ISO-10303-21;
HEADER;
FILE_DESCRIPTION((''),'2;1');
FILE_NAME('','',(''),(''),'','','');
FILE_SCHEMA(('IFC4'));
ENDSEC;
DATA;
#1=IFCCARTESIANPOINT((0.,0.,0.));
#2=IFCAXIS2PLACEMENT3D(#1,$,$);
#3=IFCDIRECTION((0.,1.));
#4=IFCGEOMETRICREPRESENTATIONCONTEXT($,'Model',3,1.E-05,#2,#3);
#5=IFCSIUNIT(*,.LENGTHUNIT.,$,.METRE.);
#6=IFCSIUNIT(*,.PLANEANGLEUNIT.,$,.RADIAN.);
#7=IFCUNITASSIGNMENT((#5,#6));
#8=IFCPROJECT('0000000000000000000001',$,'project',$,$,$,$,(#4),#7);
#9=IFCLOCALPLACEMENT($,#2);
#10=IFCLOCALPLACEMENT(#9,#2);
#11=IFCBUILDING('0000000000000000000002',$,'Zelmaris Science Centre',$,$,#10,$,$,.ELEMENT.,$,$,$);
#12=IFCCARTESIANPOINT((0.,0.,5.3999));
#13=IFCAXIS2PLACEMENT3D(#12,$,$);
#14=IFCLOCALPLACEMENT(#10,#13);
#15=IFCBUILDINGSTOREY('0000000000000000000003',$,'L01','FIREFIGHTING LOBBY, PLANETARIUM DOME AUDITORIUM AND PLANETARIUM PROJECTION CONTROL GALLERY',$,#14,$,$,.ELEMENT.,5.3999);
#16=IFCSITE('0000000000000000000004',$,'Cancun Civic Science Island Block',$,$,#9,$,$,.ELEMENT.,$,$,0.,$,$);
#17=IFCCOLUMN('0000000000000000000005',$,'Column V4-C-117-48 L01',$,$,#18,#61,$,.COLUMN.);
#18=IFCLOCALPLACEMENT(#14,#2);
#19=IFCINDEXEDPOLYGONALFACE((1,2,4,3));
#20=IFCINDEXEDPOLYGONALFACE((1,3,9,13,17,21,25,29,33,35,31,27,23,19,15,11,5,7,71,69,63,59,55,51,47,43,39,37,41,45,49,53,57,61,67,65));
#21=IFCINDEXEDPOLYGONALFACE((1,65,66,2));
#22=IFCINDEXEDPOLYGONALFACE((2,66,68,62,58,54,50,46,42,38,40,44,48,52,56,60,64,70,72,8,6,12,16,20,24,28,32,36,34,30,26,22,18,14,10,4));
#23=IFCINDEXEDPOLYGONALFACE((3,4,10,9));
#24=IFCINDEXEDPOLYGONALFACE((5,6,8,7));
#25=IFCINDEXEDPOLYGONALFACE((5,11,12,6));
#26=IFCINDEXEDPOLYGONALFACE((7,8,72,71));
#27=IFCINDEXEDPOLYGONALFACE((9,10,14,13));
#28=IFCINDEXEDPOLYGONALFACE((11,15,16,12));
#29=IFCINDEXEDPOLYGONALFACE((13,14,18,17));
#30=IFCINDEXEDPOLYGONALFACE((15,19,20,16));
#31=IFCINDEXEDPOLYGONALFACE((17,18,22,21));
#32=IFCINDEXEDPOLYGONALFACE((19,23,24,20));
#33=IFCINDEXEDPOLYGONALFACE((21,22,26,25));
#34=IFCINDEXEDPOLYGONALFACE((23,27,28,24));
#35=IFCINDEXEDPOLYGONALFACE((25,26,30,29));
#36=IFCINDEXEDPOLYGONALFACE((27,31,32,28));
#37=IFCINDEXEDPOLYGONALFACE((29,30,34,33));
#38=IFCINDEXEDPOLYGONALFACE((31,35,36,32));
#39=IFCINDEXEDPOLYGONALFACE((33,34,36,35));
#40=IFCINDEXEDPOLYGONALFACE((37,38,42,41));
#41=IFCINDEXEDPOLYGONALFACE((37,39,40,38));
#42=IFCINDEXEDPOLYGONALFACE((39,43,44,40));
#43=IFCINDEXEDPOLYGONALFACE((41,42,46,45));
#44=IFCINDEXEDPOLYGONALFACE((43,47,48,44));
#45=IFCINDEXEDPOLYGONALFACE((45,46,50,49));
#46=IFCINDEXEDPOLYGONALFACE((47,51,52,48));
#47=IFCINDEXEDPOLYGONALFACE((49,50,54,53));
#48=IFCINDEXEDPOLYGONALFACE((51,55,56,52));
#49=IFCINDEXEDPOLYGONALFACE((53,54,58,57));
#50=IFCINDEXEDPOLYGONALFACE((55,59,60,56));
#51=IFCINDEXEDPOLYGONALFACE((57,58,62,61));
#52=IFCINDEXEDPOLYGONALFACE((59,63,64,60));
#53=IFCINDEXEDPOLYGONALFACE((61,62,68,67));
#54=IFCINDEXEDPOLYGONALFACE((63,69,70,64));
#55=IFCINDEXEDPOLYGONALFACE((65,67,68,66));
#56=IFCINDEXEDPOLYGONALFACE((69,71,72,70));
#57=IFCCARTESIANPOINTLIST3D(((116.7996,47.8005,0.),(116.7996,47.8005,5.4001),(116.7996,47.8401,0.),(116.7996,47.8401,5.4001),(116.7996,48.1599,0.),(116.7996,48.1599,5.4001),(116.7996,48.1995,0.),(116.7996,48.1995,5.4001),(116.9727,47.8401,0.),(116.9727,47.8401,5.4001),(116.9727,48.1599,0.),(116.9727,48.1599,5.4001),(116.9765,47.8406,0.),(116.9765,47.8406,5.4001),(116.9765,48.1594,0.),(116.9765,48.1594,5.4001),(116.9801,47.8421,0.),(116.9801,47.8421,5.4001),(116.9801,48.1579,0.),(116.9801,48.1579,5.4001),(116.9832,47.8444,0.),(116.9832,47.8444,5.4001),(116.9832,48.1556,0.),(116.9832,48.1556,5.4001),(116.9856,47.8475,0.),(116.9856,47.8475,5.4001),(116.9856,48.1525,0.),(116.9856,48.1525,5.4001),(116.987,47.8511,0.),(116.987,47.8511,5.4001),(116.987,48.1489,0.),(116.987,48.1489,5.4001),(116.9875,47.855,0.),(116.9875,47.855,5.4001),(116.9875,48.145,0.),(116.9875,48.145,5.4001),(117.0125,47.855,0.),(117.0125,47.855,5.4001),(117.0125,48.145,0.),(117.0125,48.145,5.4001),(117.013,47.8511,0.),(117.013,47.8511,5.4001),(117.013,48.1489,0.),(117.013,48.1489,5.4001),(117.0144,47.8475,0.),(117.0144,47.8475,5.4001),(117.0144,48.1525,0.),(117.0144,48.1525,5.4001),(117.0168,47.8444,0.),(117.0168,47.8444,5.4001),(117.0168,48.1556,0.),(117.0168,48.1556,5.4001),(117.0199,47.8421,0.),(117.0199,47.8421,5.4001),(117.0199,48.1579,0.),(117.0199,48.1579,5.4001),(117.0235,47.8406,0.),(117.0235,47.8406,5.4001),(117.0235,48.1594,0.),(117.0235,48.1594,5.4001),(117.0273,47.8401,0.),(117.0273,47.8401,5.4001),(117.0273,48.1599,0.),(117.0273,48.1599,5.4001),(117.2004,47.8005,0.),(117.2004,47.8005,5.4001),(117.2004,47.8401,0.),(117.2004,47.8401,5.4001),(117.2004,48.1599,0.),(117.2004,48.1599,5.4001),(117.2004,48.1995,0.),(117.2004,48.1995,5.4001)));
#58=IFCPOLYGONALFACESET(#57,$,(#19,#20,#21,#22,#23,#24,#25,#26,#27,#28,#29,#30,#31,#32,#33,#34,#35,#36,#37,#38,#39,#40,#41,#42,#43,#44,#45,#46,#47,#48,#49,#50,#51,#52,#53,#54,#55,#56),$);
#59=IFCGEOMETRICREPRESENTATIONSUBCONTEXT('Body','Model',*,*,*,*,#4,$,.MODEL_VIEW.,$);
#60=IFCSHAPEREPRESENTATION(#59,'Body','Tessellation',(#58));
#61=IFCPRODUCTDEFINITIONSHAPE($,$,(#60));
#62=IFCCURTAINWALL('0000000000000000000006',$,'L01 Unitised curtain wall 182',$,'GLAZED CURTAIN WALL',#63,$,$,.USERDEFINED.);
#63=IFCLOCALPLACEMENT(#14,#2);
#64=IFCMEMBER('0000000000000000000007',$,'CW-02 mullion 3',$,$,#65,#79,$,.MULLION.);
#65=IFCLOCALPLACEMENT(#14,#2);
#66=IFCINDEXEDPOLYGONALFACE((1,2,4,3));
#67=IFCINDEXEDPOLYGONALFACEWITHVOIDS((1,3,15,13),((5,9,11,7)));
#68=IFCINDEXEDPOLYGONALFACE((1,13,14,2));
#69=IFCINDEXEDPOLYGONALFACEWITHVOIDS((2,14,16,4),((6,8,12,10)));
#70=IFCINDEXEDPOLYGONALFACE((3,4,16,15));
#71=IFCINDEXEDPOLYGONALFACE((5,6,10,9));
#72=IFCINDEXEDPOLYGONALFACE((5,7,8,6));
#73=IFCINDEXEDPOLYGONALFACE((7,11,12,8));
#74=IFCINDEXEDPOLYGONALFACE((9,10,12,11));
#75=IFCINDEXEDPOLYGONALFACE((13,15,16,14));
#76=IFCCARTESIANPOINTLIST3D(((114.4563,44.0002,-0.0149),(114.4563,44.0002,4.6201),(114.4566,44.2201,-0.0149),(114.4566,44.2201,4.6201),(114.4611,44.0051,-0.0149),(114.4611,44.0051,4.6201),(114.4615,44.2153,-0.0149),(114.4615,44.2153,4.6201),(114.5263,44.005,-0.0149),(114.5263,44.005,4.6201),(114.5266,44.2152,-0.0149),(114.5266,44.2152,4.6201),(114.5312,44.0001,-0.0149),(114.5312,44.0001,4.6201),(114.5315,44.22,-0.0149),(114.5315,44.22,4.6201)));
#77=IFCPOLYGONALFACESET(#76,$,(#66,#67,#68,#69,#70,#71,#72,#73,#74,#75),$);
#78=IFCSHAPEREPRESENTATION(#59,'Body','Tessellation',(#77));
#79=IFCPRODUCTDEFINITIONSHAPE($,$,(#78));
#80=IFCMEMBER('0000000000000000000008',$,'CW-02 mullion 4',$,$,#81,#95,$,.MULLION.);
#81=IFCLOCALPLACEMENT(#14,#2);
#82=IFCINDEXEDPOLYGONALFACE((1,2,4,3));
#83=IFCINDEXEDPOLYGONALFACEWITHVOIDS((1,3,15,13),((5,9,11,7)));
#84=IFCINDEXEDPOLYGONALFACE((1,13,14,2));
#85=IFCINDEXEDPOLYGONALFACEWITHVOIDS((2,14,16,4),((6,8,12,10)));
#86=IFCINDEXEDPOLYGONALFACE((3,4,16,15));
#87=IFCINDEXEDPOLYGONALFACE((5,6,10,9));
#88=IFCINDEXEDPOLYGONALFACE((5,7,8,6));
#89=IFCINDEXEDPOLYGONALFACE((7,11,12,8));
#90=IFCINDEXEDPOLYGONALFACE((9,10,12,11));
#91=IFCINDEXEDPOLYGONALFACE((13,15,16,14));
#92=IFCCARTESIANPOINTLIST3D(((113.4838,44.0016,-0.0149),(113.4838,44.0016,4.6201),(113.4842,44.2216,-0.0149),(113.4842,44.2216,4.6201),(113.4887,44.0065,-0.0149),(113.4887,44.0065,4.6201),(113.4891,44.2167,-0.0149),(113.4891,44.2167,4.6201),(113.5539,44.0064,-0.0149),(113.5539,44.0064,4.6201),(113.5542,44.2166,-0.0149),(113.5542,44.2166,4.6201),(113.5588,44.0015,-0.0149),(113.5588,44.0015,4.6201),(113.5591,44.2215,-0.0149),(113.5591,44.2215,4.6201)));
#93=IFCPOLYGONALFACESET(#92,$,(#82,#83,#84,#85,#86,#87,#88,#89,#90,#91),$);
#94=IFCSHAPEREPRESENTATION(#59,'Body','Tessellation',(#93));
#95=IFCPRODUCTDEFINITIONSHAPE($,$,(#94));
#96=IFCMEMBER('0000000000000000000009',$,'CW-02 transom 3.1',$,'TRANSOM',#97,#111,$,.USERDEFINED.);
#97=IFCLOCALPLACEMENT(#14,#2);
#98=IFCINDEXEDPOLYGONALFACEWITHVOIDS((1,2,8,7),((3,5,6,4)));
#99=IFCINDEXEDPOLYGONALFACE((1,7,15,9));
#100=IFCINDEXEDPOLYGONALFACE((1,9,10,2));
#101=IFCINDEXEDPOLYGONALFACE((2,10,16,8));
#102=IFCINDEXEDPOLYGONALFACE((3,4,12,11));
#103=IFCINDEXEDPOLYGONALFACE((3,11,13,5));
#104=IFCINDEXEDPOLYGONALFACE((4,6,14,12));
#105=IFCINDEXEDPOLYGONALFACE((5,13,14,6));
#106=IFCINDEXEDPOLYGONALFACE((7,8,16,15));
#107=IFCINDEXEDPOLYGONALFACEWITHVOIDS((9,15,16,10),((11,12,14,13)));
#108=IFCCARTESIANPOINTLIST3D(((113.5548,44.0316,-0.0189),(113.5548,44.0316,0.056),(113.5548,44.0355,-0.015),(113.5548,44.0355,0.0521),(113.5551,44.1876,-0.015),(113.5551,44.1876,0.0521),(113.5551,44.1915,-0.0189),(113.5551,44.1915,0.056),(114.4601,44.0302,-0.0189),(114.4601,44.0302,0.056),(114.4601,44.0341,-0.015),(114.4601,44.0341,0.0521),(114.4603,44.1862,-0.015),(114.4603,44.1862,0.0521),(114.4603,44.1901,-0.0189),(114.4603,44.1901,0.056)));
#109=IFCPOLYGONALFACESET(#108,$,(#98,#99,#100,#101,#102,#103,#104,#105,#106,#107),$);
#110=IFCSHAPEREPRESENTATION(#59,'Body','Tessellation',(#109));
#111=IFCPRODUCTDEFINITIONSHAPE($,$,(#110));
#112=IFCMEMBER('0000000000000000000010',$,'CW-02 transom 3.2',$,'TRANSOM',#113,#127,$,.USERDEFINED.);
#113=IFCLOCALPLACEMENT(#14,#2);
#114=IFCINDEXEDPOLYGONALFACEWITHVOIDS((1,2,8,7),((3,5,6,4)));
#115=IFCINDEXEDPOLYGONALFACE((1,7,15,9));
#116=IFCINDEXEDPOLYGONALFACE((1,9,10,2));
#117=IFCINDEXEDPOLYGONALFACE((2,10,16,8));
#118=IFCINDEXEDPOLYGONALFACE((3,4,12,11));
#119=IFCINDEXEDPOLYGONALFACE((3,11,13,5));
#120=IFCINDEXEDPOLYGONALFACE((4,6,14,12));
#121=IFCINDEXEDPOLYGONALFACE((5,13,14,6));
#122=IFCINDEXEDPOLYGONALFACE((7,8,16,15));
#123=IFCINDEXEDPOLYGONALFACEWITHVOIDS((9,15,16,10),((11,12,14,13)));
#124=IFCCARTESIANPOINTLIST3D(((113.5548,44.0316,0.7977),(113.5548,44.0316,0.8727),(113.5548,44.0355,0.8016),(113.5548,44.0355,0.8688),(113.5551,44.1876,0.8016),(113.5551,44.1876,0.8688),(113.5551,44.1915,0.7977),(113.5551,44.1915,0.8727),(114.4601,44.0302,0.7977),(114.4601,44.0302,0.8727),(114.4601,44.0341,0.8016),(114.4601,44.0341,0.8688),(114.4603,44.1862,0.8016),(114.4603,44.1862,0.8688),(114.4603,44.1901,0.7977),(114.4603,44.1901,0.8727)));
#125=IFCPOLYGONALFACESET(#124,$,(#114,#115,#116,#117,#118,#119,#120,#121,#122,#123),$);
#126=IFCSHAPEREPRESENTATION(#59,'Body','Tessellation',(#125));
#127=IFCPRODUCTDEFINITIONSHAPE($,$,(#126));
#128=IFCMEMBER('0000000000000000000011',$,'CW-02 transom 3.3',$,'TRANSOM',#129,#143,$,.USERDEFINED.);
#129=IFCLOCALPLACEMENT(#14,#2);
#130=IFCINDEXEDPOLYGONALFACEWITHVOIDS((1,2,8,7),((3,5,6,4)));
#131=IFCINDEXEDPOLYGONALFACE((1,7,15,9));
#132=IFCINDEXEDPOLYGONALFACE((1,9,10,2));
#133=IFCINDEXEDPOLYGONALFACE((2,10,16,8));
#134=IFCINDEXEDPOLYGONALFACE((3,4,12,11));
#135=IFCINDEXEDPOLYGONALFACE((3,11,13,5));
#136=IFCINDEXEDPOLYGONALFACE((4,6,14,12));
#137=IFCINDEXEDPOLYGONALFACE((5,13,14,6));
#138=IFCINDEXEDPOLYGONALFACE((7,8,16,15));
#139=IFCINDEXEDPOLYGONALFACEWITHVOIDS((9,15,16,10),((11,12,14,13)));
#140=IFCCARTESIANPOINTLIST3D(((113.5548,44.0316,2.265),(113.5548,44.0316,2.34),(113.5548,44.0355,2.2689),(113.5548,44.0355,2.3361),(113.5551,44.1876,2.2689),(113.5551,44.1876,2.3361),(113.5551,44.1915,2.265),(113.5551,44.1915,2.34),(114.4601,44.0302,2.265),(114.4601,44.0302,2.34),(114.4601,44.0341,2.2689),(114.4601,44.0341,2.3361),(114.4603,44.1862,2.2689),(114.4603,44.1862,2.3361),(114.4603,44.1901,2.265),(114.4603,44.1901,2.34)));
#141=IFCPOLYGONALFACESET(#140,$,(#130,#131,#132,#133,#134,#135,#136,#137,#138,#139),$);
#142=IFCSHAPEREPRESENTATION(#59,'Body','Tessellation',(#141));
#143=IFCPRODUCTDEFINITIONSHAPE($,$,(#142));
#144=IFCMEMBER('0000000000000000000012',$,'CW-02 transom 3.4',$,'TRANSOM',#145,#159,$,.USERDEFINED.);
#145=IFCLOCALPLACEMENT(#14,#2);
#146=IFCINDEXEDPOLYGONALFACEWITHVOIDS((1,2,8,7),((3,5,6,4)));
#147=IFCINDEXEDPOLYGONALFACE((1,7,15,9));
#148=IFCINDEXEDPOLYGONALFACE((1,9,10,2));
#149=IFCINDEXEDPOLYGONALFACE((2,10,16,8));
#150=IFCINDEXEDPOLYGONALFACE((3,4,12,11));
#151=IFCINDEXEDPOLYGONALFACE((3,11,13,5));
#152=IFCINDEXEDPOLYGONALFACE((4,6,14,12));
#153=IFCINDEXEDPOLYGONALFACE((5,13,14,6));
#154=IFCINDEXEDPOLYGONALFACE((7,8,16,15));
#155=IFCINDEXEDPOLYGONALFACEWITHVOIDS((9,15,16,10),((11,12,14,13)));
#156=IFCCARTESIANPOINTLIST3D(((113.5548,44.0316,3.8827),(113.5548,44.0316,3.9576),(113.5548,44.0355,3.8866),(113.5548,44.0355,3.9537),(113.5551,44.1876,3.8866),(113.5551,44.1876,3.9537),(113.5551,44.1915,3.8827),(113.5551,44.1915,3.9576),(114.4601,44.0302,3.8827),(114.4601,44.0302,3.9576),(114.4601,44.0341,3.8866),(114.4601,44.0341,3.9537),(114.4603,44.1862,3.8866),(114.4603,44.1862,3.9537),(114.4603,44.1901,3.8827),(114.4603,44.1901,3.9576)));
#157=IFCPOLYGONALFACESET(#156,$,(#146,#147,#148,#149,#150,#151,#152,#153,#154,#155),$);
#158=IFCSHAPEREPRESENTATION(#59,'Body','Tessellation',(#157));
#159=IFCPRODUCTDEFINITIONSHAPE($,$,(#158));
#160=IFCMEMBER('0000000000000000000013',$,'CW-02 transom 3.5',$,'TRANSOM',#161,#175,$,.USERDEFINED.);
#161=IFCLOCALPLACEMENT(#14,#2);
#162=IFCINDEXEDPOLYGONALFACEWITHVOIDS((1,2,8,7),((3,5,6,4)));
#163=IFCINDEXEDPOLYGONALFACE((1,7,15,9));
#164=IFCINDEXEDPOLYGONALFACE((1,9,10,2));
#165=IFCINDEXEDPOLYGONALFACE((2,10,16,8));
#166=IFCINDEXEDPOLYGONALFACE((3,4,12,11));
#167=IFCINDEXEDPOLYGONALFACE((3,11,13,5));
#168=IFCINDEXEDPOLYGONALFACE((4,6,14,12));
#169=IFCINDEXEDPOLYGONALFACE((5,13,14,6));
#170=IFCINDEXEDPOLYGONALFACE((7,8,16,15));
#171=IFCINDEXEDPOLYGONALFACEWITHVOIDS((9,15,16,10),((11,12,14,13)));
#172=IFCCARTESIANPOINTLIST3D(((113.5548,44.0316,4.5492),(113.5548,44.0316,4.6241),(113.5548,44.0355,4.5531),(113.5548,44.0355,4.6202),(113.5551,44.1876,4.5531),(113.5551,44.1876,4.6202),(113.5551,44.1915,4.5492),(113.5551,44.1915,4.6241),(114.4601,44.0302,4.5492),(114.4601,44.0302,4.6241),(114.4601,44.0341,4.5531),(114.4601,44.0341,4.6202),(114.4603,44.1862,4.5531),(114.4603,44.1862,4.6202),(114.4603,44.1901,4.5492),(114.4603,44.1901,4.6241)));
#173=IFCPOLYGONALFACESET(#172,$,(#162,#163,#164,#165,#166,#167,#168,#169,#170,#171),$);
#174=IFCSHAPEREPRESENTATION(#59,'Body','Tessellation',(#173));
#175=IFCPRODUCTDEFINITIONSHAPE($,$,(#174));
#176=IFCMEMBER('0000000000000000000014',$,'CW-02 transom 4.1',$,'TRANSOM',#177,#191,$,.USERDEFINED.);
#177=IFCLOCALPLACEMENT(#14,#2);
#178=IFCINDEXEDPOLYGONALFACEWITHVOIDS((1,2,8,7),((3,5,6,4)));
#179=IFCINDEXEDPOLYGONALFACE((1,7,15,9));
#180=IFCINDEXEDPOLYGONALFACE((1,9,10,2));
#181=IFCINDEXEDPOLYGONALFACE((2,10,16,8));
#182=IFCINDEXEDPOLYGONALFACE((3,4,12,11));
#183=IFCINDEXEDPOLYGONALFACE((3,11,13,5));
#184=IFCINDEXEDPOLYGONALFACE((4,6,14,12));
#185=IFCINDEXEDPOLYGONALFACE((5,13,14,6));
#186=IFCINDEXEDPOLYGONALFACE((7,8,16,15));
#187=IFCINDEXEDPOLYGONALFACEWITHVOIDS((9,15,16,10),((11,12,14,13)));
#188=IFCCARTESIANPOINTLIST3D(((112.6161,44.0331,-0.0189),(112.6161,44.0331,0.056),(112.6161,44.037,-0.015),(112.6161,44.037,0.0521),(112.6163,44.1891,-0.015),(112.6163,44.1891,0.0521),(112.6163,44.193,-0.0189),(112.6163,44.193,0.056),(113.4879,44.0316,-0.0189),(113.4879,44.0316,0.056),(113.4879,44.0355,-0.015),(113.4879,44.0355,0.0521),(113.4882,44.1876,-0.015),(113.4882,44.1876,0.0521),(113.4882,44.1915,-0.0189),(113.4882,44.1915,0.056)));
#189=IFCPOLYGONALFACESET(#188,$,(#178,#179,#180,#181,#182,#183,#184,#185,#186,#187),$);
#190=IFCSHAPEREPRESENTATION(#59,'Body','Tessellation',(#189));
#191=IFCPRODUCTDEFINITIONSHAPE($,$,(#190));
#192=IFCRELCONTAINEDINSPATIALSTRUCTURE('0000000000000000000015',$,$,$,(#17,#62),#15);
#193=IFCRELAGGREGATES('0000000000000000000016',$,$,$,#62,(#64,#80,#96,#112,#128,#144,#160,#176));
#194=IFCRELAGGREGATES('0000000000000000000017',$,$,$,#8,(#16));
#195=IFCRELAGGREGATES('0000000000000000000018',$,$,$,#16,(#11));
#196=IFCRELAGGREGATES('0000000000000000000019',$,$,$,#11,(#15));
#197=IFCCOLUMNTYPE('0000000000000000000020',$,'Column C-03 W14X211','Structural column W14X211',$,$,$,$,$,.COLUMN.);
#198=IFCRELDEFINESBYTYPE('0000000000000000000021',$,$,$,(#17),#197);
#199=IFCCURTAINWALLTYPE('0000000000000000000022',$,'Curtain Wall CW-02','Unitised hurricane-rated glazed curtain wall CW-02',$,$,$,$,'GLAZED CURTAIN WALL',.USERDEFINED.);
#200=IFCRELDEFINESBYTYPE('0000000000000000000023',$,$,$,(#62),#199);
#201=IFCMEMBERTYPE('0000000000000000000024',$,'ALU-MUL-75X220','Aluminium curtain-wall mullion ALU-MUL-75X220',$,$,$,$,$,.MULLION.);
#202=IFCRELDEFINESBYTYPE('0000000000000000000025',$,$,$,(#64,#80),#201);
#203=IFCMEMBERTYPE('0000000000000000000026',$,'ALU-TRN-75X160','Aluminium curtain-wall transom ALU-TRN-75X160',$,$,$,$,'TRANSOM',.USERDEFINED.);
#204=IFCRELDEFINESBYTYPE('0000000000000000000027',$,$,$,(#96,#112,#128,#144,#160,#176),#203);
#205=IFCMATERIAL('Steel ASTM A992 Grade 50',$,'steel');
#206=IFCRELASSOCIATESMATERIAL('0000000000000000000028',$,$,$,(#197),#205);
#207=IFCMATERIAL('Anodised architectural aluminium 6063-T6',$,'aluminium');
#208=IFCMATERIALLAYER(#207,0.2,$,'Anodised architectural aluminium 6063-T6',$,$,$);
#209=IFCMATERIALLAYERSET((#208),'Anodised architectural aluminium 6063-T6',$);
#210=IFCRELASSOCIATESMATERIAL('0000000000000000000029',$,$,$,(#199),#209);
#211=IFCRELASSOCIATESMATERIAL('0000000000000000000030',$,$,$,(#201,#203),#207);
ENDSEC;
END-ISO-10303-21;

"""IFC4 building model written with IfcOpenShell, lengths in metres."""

from ifc_helpers import new_model, si_unit, direction, frame, origin, origin_2d, place, context, subcontext, project, spatial, hollow_rectangle, i_section, extrude, material, layer, layer_set, material_profile, profile_set, type_object, element, aggregate, save


model = new_model("IFC4")

# Units and contexts
model_context = context("Model", 3, precision=1e-05, world=origin(), true_north=direction((0.0, 1.0)))
body_context = subcontext(model_context, "Body", "Model", "MODEL_VIEW")
ifc_project = project(units=[si_unit("LENGTHUNIT", "METRE"), si_unit("PLANEANGLEUNIT", "RADIAN")], contexts=[model_context])

# Site, building, storey
site_placement = place(None, origin())
site = spatial("IfcSite", under=ifc_project, at=site_placement, Name="Cancun Civic Science Island Block", CompositionType="ELEMENT", RefElevation=0.0)
building_placement = place(site_placement, origin())
building = spatial("IfcBuilding", under=site, at=building_placement, Name="Zelmaris Science Centre", CompositionType="ELEMENT")
storey_placement = place(building_placement, frame((0.0, 0.0, 5.3999)))
storey = spatial("IfcBuildingStorey", under=building, at=storey_placement, Name="L01", Description="FIREFIGHTING LOBBY, PLANETARIUM DOME AUDITORIUM AND PLANETARIUM PROJECTION CONTROL GALLERY", CompositionType="ELEMENT", Elevation=5.3999)

# Column
ifc_material_1 = material(Name="Steel ASTM A992 Grade 50", Category="steel")
ifc_material_profile_1 = material_profile(ifc_material_1, i_section(OverallWidth=0.4009, OverallDepth=0.3989, WebThickness=0.0249, FlangeThickness=0.0396, FilletRadius=0.0149, at=origin_2d()), Name="W14X211")
ifc_profile_set_1 = profile_set([ifc_material_profile_1], Name="Steel ASTM A992 Grade 50")
column_type = type_object("IfcColumnType", Name="Column C-03 W14X211", Description="Structural column W14X211", PredefinedType="COLUMN", material=ifc_profile_set_1)
column_placement = place(storey_placement, frame((117.0, 48.0, 0.0), z_axis=(0.0, 0.0, 1.0), x_axis=(1.0, 0.0, 0.0)))
element("IfcColumn", 1, at=column_placement, inside=storey, type_object=column_type, Name="Column V4-C-117-48 L01", PredefinedType="COLUMN", context=body_context, shape_type="SweptSolid", body=[
    extrude(i_section(OverallWidth=0.4009, OverallDepth=0.3989, WebThickness=0.0249, FlangeThickness=0.0396, FilletRadius=0.0149, at=origin_2d()), origin(), (0.0, 0.0, 1.0), 5.4001),
])

# Curtain wall, members
ifc_material_2 = material(Name="Anodised architectural aluminium 6063-T6", Category="aluminium")
ifc_layer_1 = layer(ifc_material_2, 0.2, Name="Anodised architectural aluminium 6063-T6")
ifc_layer_set_1 = layer_set([ifc_layer_1], Name="Anodised architectural aluminium 6063-T6")
curtain_wall_type = type_object("IfcCurtainWallType", Name="Curtain Wall CW-02", Description="Unitised hurricane-rated glazed curtain wall CW-02", ElementType="GLAZED CURTAIN WALL", PredefinedType="USERDEFINED", material=ifc_layer_set_1)
curtain_wall_placement = place(storey_placement, origin())
curtain_wall = element("IfcCurtainWall", 2, at=curtain_wall_placement, inside=storey, type_object=curtain_wall_type, Name="L01 Unitised curtain wall 182", ObjectType="GLAZED CURTAIN WALL", PredefinedType="USERDEFINED")
ifc_material_profile_2 = material_profile(ifc_material_2, hollow_rectangle(XDim=0.075, YDim=0.22, WallThickness=0.0049, at=origin_2d()), Name="ALU-MUL-75X220")
ifc_profile_set_2 = profile_set([ifc_material_profile_2], Name="Anodised architectural aluminium 6063-T6")
member_type_1 = type_object("IfcMemberType", Name="ALU-MUL-75X220", Description="Aluminium curtain-wall mullion ALU-MUL-75X220", PredefinedType="MULLION", material=ifc_profile_set_2)
member_1_placement = place(storey_placement, frame((114.4939, 44.1101, -0.0149), z_axis=(0.0, 0.0, 1.0), x_axis=(-0.999999, 0.001525, 0.0)))
member_1 = element("IfcMember", 3, at=member_1_placement, type_object=member_type_1, Name="CW-02 mullion 3", PredefinedType="MULLION", context=body_context, shape_type="SweptSolid", body=[
    extrude(hollow_rectangle(XDim=0.075, YDim=0.22, WallThickness=0.0049, at=origin_2d()), origin(), (0.0, 0.0, 1.0), 4.635),
])
member_2_placement = place(storey_placement, frame((113.5215, 44.1116, -0.0149), z_axis=(0.0, 0.0, 1.0), x_axis=(-0.999999, 0.001525, 0.0)))
member_2 = element("IfcMember", 4, at=member_2_placement, type_object=member_type_1, Name="CW-02 mullion 4", PredefinedType="MULLION", context=body_context, shape_type="SweptSolid", body=[
    extrude(hollow_rectangle(XDim=0.075, YDim=0.22, WallThickness=0.0049, at=origin_2d()), origin(), (0.0, 0.0, 1.0), 4.635),
])
ifc_material_profile_3 = material_profile(ifc_material_2, hollow_rectangle(XDim=0.075, YDim=0.1599, WallThickness=0.0039, at=origin_2d()), Name="ALU-TRN-75X160")
ifc_profile_set_3 = profile_set([ifc_material_profile_3], Name="Anodised architectural aluminium 6063-T6")
member_type_2 = type_object("IfcMemberType", Name="ALU-TRN-75X160", Description="Aluminium curtain-wall transom ALU-TRN-75X160", ElementType="TRANSOM", PredefinedType="USERDEFINED", material=ifc_profile_set_3)
member_3_placement = place(storey_placement, frame((114.4602, 44.1101, 0.0186), z_axis=(-0.999999, 0.001618, 0.0), x_axis=(0.0, 0.0, 1.0)))
member_3 = element("IfcMember", 5, at=member_3_placement, type_object=member_type_2, Name="CW-02 transom 3.1", ObjectType="TRANSOM", PredefinedType="USERDEFINED", context=body_context, shape_type="SweptSolid", body=[
    extrude(hollow_rectangle(XDim=0.075, YDim=0.1599, WallThickness=0.0039, at=origin_2d()), origin(), (0.0, 0.0, 1.0), 0.9053),
])
member_4_placement = place(storey_placement, frame((114.4602, 44.1101, 0.8352), z_axis=(-0.999999, 0.001618, 0.0), x_axis=(0.0, 0.0, 1.0)))
member_4 = element("IfcMember", 6, at=member_4_placement, type_object=member_type_2, Name="CW-02 transom 3.2", ObjectType="TRANSOM", PredefinedType="USERDEFINED", context=body_context, shape_type="SweptSolid", body=[
    extrude(hollow_rectangle(XDim=0.075, YDim=0.1599, WallThickness=0.0039, at=origin_2d()), origin(), (0.0, 0.0, 1.0), 0.9053),
])
member_5_placement = place(storey_placement, frame((114.4602, 44.1101, 2.3025), z_axis=(-0.999999, 0.001618, 0.0), x_axis=(0.0, 0.0, 1.0)))
member_5 = element("IfcMember", 7, at=member_5_placement, type_object=member_type_2, Name="CW-02 transom 3.3", ObjectType="TRANSOM", PredefinedType="USERDEFINED", context=body_context, shape_type="SweptSolid", body=[
    extrude(hollow_rectangle(XDim=0.075, YDim=0.1599, WallThickness=0.0039, at=origin_2d()), origin(), (0.0, 0.0, 1.0), 0.9053),
])
member_6_placement = place(storey_placement, frame((114.4602, 44.1101, 3.9202), z_axis=(-0.999999, 0.001618, 0.0), x_axis=(0.0, 0.0, 1.0)))
member_6 = element("IfcMember", 8, at=member_6_placement, type_object=member_type_2, Name="CW-02 transom 3.4", ObjectType="TRANSOM", PredefinedType="USERDEFINED", context=body_context, shape_type="SweptSolid", body=[
    extrude(hollow_rectangle(XDim=0.075, YDim=0.1599, WallThickness=0.0039, at=origin_2d()), origin(), (0.0, 0.0, 1.0), 0.9053),
])
member_7_placement = place(storey_placement, frame((114.4602, 44.1101, 4.5867), z_axis=(-0.999999, 0.001618, 0.0), x_axis=(0.0, 0.0, 1.0)))
member_7 = element("IfcMember", 9, at=member_7_placement, type_object=member_type_2, Name="CW-02 transom 3.5", ObjectType="TRANSOM", PredefinedType="USERDEFINED", context=body_context, shape_type="SweptSolid", body=[
    extrude(hollow_rectangle(XDim=0.075, YDim=0.1599, WallThickness=0.0039, at=origin_2d()), origin(), (0.0, 0.0, 1.0), 0.9053),
])
member_8_placement = place(storey_placement, frame((113.488, 44.1116, 0.0186), z_axis=(-0.999999, 0.00168, 0.0), x_axis=(0.0, 0.0, 1.0)))
member_8 = element("IfcMember", 10, at=member_8_placement, type_object=member_type_2, Name="CW-02 transom 4.1", ObjectType="TRANSOM", PredefinedType="USERDEFINED", context=body_context, shape_type="SweptSolid", body=[
    extrude(hollow_rectangle(XDim=0.075, YDim=0.1599, WallThickness=0.0039, at=origin_2d()), origin(), (0.0, 0.0, 1.0), 0.8718),
])

aggregate(curtain_wall, [member_1, member_2, member_3, member_4, member_5, member_6, member_7, member_8])

save(model, "model.ifc")
